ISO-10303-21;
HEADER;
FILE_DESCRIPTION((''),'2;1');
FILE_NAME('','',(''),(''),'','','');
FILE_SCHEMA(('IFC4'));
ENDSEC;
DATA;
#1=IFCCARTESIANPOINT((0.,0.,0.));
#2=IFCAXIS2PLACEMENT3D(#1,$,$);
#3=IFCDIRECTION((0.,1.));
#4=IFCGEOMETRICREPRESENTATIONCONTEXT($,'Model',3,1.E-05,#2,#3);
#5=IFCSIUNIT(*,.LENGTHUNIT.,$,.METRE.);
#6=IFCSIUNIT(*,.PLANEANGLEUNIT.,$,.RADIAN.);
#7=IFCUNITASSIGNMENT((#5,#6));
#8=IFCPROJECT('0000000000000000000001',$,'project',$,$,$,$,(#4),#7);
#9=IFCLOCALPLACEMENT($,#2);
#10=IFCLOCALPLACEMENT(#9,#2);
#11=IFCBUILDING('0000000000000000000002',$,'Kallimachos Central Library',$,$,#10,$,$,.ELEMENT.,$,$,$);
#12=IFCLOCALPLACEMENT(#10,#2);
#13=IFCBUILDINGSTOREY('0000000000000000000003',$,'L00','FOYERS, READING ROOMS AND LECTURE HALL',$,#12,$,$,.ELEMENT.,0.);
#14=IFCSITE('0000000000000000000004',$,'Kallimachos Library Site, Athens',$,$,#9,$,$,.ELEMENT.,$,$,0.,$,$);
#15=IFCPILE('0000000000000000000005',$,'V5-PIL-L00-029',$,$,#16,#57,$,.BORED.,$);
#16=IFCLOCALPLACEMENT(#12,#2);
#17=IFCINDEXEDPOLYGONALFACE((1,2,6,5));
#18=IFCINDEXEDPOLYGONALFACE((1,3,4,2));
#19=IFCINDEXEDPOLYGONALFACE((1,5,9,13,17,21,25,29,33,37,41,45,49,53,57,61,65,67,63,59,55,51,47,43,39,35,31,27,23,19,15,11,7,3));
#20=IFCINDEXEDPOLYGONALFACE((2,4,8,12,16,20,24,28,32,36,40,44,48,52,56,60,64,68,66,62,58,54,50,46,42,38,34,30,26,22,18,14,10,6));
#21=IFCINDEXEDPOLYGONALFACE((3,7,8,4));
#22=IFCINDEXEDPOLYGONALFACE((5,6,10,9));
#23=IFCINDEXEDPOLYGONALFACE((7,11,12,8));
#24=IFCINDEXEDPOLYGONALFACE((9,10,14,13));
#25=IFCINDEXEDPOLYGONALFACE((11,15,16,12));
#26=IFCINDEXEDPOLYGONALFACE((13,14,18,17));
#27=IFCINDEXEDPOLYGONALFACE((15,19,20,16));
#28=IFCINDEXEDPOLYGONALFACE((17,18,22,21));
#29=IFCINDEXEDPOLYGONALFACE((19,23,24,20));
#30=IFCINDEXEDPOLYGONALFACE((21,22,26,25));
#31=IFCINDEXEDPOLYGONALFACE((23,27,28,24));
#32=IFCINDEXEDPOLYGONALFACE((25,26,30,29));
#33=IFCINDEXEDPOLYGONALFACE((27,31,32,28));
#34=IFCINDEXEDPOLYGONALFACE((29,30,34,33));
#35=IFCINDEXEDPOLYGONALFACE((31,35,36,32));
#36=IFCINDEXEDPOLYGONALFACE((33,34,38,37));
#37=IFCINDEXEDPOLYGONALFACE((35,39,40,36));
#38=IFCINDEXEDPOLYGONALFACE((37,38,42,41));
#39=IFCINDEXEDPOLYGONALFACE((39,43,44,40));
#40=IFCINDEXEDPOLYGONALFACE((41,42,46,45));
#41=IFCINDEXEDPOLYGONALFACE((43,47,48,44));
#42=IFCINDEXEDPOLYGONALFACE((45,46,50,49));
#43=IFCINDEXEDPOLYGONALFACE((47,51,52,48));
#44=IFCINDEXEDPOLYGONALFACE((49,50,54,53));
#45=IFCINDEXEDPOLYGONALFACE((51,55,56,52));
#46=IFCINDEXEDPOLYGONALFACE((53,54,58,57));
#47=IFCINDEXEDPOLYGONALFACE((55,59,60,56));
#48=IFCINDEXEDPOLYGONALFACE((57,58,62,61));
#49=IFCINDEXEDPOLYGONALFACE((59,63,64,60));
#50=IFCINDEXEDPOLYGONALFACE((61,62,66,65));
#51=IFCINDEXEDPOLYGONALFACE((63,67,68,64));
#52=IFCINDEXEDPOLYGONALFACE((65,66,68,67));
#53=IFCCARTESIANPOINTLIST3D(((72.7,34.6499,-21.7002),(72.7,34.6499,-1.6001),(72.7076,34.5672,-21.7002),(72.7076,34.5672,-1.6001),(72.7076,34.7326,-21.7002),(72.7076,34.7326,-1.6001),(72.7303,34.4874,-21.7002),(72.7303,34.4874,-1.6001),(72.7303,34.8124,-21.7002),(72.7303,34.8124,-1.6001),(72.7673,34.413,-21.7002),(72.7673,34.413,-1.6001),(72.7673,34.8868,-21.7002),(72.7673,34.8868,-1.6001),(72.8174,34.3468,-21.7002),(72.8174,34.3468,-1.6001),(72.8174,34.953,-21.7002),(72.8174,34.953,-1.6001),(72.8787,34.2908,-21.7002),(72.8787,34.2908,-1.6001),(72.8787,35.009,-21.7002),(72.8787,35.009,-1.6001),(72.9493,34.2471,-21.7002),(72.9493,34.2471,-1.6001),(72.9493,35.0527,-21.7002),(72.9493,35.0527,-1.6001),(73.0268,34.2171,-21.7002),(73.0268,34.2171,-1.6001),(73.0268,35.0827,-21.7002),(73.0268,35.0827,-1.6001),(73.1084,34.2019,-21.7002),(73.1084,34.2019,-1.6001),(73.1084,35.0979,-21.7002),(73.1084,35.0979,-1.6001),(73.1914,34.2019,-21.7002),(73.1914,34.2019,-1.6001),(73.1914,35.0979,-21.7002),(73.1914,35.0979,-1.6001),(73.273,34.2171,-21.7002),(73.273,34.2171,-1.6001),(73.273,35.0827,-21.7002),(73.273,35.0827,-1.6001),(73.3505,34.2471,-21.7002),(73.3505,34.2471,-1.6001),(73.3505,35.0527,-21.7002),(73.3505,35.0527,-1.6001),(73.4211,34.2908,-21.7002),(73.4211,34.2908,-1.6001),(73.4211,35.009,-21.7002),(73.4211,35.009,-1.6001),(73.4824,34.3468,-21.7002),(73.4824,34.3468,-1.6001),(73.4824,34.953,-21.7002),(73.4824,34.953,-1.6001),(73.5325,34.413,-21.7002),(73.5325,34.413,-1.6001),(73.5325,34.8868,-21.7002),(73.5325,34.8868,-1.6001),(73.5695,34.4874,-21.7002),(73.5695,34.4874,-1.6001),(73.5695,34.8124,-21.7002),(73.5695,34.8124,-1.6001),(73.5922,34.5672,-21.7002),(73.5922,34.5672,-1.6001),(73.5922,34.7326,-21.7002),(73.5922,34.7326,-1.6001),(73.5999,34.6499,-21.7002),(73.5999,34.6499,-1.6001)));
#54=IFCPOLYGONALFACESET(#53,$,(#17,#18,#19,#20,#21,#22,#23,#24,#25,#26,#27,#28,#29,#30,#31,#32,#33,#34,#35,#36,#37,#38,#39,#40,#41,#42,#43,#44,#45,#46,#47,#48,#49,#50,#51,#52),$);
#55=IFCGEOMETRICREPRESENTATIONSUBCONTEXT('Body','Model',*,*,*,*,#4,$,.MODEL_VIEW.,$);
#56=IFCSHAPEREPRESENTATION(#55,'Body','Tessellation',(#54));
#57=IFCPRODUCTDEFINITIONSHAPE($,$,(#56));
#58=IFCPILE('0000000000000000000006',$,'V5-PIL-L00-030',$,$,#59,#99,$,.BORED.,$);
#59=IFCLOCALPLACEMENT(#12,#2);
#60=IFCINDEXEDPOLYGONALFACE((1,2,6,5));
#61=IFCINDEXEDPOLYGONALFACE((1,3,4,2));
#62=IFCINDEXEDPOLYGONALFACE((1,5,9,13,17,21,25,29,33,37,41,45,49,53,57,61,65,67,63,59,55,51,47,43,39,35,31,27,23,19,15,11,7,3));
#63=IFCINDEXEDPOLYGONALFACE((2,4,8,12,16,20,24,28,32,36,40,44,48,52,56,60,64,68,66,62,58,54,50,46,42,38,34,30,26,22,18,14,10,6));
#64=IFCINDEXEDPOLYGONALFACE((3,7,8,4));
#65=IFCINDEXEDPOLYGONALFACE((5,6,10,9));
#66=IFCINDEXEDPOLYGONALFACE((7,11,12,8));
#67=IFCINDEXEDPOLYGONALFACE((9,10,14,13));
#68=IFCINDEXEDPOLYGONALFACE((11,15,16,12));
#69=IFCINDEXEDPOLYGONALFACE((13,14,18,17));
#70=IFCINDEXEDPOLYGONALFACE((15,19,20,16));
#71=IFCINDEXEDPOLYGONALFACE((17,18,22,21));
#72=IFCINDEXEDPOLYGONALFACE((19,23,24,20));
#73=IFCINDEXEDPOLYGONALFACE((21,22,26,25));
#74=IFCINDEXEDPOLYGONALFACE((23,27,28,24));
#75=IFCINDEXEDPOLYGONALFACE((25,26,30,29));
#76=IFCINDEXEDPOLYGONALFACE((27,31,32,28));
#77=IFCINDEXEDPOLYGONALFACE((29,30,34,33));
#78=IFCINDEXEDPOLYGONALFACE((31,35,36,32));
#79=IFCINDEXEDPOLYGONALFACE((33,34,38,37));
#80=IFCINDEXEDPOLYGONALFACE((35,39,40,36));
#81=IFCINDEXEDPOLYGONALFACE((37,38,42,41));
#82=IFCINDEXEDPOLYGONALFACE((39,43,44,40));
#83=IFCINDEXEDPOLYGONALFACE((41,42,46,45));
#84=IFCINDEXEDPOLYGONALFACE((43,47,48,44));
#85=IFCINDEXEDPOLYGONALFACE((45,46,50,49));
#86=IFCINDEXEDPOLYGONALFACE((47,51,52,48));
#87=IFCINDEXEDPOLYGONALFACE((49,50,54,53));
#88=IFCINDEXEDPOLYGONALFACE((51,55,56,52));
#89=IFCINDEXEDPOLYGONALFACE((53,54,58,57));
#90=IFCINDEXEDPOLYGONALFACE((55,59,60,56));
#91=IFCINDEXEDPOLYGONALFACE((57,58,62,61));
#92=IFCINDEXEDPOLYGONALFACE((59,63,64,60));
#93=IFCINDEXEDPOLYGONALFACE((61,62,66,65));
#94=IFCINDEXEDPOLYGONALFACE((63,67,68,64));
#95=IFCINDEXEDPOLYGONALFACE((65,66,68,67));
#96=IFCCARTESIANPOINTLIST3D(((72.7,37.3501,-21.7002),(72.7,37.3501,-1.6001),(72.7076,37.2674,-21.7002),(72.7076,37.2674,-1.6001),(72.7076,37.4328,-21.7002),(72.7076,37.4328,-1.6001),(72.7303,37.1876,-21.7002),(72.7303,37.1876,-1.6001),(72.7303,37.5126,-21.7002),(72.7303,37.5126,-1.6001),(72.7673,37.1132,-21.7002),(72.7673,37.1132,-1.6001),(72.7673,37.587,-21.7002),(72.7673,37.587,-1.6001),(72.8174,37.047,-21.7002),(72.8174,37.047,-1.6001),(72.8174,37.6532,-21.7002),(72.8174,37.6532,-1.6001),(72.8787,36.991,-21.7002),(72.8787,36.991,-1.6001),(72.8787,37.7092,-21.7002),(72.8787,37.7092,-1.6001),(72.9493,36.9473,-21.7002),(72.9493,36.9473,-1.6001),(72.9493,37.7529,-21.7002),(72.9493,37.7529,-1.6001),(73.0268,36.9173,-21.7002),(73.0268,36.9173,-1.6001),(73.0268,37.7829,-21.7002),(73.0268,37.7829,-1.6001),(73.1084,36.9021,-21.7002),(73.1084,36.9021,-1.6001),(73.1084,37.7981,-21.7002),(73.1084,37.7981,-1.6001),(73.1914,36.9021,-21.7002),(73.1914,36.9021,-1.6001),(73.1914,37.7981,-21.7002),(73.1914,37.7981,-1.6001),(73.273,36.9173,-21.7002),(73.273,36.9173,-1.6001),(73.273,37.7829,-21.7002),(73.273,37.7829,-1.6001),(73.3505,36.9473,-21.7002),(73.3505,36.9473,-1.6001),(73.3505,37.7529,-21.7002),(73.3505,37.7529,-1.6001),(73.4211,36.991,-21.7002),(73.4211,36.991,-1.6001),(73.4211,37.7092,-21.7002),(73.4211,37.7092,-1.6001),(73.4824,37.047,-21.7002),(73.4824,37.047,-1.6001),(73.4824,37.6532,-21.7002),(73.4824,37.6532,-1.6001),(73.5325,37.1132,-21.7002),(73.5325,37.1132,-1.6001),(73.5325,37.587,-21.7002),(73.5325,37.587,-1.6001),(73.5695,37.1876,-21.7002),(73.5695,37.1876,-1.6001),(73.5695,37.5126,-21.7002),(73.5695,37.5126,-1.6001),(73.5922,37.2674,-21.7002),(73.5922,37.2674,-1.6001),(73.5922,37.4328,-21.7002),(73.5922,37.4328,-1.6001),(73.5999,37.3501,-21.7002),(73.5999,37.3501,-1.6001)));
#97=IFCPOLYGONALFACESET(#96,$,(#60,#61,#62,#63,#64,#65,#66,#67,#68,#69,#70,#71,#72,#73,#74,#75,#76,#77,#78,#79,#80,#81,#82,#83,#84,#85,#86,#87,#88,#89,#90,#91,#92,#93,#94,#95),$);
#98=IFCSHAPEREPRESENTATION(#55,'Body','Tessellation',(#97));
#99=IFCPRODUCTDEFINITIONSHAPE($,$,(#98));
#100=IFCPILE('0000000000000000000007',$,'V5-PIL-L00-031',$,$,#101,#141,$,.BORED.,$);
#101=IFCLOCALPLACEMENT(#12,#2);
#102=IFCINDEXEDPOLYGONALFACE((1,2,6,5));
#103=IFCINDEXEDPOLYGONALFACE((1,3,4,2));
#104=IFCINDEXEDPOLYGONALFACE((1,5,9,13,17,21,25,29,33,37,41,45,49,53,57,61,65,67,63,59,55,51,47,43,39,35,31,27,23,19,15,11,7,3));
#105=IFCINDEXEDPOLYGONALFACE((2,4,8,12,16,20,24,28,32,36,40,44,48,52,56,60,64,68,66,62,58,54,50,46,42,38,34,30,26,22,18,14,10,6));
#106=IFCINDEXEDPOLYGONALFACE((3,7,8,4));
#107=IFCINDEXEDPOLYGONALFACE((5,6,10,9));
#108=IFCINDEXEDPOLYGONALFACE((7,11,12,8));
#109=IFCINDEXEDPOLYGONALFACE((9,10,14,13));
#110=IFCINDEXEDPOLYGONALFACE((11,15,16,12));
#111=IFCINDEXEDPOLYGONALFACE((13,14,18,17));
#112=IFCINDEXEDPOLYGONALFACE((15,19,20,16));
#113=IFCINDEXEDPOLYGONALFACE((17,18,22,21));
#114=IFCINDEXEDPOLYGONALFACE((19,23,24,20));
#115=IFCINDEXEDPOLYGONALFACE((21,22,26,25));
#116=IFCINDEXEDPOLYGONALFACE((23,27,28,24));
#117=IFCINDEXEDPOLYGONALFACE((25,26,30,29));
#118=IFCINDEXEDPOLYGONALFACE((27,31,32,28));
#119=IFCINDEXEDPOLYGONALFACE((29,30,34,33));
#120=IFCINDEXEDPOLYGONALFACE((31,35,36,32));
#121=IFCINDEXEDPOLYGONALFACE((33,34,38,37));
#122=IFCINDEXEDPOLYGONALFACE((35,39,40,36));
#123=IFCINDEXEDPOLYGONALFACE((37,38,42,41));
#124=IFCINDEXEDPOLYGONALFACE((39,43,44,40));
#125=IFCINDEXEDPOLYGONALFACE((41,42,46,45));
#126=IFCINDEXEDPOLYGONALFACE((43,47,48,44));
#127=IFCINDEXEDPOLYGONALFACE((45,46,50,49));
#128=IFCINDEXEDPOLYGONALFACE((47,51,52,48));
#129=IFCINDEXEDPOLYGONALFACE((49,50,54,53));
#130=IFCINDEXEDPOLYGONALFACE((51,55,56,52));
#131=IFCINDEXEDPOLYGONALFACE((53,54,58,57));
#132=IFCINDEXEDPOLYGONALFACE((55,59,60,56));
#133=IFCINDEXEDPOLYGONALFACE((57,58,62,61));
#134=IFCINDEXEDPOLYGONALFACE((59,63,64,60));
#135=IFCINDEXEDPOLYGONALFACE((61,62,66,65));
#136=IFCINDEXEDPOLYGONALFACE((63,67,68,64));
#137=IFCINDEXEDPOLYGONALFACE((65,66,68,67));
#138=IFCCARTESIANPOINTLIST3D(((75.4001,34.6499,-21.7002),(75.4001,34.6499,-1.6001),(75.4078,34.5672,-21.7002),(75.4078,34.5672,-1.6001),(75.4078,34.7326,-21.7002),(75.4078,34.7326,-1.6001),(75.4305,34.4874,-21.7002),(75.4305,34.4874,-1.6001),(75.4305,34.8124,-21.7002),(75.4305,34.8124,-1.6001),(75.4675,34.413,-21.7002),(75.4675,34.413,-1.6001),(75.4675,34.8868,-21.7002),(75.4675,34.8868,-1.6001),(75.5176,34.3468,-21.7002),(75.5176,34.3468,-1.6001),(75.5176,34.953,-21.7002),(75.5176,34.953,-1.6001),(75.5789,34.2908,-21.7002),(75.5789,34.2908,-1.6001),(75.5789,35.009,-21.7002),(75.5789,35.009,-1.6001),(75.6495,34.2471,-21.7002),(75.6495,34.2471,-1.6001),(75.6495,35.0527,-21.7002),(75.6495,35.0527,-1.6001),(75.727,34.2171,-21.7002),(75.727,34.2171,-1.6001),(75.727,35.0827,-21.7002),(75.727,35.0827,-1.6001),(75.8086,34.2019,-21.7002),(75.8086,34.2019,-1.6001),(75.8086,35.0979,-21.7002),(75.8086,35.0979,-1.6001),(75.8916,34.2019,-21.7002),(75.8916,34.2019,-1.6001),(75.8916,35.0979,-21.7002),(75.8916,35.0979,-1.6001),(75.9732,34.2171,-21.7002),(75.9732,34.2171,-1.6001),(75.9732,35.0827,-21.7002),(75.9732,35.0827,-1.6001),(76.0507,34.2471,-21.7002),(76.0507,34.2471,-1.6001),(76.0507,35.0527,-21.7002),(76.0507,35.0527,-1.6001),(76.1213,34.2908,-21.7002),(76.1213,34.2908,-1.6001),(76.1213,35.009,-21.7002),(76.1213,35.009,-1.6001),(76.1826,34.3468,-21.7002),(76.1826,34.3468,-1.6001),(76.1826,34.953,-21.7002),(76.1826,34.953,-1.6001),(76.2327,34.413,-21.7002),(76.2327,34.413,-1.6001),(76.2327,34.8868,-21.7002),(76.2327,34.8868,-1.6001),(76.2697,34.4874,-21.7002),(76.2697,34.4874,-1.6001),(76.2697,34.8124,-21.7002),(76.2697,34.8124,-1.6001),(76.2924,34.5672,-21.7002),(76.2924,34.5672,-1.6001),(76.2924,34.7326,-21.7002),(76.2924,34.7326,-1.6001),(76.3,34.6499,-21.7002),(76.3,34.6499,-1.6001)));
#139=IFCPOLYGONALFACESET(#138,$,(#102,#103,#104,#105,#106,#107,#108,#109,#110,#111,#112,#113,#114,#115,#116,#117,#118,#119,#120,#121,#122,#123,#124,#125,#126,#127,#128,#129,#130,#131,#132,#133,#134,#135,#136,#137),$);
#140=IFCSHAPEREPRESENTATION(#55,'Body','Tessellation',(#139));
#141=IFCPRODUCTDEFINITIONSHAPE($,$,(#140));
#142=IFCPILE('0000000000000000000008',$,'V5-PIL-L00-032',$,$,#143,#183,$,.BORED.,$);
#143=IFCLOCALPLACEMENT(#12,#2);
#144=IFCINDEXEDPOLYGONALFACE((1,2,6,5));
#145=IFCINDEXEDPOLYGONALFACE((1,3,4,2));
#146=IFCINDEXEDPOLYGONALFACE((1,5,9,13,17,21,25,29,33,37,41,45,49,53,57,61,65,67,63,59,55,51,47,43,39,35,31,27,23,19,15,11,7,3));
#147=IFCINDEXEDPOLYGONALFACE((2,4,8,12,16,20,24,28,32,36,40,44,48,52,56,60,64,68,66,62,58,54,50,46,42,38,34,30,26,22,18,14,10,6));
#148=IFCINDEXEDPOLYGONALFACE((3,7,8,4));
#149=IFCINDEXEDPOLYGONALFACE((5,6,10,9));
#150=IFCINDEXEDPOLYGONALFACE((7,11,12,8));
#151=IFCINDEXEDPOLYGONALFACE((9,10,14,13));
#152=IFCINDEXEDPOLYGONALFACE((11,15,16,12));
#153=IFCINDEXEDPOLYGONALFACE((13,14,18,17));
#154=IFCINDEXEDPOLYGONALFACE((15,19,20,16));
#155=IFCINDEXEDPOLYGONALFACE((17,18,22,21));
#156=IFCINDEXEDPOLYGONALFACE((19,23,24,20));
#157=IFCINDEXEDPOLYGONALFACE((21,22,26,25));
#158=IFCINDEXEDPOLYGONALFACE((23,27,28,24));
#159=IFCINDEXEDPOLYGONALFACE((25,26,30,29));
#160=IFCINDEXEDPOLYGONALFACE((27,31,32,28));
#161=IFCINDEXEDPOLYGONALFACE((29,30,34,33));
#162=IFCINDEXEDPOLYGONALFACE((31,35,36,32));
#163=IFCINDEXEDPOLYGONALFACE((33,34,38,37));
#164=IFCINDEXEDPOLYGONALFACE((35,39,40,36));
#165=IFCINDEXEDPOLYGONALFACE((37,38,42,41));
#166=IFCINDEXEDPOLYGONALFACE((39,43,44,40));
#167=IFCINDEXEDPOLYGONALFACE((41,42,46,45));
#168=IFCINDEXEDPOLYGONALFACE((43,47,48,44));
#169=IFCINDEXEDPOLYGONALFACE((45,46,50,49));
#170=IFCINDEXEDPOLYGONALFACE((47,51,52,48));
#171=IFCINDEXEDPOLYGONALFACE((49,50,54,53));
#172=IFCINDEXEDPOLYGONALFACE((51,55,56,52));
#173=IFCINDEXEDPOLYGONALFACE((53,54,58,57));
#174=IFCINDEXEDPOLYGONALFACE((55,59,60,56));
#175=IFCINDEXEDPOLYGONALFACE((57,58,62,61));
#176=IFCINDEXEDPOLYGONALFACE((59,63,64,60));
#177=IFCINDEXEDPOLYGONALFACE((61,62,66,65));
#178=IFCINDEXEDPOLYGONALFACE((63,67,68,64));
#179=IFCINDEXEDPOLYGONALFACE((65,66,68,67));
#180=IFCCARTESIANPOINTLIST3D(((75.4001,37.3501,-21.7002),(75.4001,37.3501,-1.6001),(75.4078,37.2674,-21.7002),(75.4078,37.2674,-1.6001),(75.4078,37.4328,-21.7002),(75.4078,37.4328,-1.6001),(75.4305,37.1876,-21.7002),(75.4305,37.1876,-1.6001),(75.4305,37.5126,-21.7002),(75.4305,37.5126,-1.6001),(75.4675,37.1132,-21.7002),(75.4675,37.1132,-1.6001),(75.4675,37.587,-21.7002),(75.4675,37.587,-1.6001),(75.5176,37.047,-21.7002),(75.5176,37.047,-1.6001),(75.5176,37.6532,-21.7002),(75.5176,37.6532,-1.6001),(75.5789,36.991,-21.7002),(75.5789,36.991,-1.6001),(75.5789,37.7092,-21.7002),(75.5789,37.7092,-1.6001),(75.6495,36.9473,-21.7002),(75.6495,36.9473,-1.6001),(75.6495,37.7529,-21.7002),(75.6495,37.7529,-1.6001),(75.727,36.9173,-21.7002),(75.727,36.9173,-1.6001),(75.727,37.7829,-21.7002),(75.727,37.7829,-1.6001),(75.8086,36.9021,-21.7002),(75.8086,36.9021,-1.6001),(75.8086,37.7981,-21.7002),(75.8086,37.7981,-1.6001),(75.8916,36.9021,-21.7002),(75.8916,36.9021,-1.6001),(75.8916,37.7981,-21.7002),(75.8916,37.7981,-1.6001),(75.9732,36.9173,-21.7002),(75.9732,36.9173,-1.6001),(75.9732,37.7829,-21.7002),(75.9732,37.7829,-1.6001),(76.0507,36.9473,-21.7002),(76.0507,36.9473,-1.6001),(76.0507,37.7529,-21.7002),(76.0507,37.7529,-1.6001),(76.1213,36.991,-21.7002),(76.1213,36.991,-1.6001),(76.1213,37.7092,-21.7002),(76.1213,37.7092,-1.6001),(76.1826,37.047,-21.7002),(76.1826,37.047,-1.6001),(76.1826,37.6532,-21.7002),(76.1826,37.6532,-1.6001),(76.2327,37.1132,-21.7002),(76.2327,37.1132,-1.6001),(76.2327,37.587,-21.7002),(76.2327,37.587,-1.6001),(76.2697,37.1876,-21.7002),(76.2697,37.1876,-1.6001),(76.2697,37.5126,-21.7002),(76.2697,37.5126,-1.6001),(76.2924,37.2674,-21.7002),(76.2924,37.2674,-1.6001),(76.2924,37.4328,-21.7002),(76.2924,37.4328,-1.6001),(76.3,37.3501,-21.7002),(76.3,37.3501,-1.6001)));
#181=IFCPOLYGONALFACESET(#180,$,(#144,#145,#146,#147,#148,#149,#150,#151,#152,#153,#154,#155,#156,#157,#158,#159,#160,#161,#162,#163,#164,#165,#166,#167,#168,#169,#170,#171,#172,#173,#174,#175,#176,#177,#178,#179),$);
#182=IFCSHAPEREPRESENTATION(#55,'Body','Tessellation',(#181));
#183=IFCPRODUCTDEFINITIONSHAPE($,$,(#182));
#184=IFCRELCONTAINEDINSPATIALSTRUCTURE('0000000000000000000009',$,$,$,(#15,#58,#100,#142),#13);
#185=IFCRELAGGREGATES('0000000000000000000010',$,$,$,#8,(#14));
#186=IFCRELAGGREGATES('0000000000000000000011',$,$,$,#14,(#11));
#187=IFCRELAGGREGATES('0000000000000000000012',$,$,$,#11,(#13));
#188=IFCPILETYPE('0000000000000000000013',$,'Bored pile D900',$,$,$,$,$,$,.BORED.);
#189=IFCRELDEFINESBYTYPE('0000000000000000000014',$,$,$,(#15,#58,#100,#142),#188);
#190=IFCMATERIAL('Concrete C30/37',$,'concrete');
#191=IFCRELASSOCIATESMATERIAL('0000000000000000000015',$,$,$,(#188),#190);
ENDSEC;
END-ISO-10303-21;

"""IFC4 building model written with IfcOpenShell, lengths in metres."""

from ifc_helpers import new_model, si_unit, direction, frame, origin, origin_2d, place, context, subcontext, project, spatial, circle, extrude, material, type_object, element, save


model = new_model("IFC4")

# Units and contexts
model_context = context("Model", 3, precision=1e-05, world=origin(), true_north=direction((0.0, 1.0)))
body_context = subcontext(model_context, "Body", "Model", "MODEL_VIEW")
ifc_project = project(units=[si_unit("LENGTHUNIT", "METRE"), si_unit("PLANEANGLEUNIT", "RADIAN")], contexts=[model_context])

# Site, building, storey
site_placement = place(None, origin())
site = spatial("IfcSite", under=ifc_project, at=site_placement, Name="Kallimachos Library Site, Athens", CompositionType="ELEMENT", RefElevation=0.0)
building_placement = place(site_placement, origin())
building = spatial("IfcBuilding", under=site, at=building_placement, Name="Kallimachos Central Library", CompositionType="ELEMENT")
storey_placement = place(building_placement, origin())
storey = spatial("IfcBuildingStorey", under=building, at=storey_placement, Name="L00", Description="FOYERS, READING ROOMS AND LECTURE HALL", CompositionType="ELEMENT", Elevation=0.0)

# Piles
ifc_material_1 = material(Name="Concrete C30/37", Category="concrete")
pile_type = type_object("IfcPileType", Name="Bored pile D900", PredefinedType="BORED", material=ifc_material_1)
for number, where, z_axis, x_axis, name in (
    (1, (73.1499, 34.6499, -1.6001), (0.0, 0.0, -1.0), (1.0, 0.0, 0.0), "V5-PIL-L00-029"),
    (2, (73.1499, 37.3501, -1.6001), (0.0, 0.0, -1.0), (1.0, 0.0, 0.0), "V5-PIL-L00-030"),
    (3, (75.8501, 34.6499, -1.6001), (0.0, 0.0, -1.0), (1.0, 0.0, 0.0), "V5-PIL-L00-031"),
    (4, (75.8501, 37.3501, -1.6001), (0.0, 0.0, -1.0), (1.0, 0.0, 0.0), "V5-PIL-L00-032"),
):
    element("IfcPile", number, at=place(storey_placement, frame(where, z_axis=z_axis, x_axis=x_axis)), inside=storey, type_object=pile_type, Name=name, PredefinedType="BORED", context=body_context, shape_type="SweptSolid", body=[
        extrude(circle(Radius=0.45, at=origin_2d()), origin(), (0.0, 0.0, 1.0), 20.1001),
    ])

save(model, "model.ifc")
